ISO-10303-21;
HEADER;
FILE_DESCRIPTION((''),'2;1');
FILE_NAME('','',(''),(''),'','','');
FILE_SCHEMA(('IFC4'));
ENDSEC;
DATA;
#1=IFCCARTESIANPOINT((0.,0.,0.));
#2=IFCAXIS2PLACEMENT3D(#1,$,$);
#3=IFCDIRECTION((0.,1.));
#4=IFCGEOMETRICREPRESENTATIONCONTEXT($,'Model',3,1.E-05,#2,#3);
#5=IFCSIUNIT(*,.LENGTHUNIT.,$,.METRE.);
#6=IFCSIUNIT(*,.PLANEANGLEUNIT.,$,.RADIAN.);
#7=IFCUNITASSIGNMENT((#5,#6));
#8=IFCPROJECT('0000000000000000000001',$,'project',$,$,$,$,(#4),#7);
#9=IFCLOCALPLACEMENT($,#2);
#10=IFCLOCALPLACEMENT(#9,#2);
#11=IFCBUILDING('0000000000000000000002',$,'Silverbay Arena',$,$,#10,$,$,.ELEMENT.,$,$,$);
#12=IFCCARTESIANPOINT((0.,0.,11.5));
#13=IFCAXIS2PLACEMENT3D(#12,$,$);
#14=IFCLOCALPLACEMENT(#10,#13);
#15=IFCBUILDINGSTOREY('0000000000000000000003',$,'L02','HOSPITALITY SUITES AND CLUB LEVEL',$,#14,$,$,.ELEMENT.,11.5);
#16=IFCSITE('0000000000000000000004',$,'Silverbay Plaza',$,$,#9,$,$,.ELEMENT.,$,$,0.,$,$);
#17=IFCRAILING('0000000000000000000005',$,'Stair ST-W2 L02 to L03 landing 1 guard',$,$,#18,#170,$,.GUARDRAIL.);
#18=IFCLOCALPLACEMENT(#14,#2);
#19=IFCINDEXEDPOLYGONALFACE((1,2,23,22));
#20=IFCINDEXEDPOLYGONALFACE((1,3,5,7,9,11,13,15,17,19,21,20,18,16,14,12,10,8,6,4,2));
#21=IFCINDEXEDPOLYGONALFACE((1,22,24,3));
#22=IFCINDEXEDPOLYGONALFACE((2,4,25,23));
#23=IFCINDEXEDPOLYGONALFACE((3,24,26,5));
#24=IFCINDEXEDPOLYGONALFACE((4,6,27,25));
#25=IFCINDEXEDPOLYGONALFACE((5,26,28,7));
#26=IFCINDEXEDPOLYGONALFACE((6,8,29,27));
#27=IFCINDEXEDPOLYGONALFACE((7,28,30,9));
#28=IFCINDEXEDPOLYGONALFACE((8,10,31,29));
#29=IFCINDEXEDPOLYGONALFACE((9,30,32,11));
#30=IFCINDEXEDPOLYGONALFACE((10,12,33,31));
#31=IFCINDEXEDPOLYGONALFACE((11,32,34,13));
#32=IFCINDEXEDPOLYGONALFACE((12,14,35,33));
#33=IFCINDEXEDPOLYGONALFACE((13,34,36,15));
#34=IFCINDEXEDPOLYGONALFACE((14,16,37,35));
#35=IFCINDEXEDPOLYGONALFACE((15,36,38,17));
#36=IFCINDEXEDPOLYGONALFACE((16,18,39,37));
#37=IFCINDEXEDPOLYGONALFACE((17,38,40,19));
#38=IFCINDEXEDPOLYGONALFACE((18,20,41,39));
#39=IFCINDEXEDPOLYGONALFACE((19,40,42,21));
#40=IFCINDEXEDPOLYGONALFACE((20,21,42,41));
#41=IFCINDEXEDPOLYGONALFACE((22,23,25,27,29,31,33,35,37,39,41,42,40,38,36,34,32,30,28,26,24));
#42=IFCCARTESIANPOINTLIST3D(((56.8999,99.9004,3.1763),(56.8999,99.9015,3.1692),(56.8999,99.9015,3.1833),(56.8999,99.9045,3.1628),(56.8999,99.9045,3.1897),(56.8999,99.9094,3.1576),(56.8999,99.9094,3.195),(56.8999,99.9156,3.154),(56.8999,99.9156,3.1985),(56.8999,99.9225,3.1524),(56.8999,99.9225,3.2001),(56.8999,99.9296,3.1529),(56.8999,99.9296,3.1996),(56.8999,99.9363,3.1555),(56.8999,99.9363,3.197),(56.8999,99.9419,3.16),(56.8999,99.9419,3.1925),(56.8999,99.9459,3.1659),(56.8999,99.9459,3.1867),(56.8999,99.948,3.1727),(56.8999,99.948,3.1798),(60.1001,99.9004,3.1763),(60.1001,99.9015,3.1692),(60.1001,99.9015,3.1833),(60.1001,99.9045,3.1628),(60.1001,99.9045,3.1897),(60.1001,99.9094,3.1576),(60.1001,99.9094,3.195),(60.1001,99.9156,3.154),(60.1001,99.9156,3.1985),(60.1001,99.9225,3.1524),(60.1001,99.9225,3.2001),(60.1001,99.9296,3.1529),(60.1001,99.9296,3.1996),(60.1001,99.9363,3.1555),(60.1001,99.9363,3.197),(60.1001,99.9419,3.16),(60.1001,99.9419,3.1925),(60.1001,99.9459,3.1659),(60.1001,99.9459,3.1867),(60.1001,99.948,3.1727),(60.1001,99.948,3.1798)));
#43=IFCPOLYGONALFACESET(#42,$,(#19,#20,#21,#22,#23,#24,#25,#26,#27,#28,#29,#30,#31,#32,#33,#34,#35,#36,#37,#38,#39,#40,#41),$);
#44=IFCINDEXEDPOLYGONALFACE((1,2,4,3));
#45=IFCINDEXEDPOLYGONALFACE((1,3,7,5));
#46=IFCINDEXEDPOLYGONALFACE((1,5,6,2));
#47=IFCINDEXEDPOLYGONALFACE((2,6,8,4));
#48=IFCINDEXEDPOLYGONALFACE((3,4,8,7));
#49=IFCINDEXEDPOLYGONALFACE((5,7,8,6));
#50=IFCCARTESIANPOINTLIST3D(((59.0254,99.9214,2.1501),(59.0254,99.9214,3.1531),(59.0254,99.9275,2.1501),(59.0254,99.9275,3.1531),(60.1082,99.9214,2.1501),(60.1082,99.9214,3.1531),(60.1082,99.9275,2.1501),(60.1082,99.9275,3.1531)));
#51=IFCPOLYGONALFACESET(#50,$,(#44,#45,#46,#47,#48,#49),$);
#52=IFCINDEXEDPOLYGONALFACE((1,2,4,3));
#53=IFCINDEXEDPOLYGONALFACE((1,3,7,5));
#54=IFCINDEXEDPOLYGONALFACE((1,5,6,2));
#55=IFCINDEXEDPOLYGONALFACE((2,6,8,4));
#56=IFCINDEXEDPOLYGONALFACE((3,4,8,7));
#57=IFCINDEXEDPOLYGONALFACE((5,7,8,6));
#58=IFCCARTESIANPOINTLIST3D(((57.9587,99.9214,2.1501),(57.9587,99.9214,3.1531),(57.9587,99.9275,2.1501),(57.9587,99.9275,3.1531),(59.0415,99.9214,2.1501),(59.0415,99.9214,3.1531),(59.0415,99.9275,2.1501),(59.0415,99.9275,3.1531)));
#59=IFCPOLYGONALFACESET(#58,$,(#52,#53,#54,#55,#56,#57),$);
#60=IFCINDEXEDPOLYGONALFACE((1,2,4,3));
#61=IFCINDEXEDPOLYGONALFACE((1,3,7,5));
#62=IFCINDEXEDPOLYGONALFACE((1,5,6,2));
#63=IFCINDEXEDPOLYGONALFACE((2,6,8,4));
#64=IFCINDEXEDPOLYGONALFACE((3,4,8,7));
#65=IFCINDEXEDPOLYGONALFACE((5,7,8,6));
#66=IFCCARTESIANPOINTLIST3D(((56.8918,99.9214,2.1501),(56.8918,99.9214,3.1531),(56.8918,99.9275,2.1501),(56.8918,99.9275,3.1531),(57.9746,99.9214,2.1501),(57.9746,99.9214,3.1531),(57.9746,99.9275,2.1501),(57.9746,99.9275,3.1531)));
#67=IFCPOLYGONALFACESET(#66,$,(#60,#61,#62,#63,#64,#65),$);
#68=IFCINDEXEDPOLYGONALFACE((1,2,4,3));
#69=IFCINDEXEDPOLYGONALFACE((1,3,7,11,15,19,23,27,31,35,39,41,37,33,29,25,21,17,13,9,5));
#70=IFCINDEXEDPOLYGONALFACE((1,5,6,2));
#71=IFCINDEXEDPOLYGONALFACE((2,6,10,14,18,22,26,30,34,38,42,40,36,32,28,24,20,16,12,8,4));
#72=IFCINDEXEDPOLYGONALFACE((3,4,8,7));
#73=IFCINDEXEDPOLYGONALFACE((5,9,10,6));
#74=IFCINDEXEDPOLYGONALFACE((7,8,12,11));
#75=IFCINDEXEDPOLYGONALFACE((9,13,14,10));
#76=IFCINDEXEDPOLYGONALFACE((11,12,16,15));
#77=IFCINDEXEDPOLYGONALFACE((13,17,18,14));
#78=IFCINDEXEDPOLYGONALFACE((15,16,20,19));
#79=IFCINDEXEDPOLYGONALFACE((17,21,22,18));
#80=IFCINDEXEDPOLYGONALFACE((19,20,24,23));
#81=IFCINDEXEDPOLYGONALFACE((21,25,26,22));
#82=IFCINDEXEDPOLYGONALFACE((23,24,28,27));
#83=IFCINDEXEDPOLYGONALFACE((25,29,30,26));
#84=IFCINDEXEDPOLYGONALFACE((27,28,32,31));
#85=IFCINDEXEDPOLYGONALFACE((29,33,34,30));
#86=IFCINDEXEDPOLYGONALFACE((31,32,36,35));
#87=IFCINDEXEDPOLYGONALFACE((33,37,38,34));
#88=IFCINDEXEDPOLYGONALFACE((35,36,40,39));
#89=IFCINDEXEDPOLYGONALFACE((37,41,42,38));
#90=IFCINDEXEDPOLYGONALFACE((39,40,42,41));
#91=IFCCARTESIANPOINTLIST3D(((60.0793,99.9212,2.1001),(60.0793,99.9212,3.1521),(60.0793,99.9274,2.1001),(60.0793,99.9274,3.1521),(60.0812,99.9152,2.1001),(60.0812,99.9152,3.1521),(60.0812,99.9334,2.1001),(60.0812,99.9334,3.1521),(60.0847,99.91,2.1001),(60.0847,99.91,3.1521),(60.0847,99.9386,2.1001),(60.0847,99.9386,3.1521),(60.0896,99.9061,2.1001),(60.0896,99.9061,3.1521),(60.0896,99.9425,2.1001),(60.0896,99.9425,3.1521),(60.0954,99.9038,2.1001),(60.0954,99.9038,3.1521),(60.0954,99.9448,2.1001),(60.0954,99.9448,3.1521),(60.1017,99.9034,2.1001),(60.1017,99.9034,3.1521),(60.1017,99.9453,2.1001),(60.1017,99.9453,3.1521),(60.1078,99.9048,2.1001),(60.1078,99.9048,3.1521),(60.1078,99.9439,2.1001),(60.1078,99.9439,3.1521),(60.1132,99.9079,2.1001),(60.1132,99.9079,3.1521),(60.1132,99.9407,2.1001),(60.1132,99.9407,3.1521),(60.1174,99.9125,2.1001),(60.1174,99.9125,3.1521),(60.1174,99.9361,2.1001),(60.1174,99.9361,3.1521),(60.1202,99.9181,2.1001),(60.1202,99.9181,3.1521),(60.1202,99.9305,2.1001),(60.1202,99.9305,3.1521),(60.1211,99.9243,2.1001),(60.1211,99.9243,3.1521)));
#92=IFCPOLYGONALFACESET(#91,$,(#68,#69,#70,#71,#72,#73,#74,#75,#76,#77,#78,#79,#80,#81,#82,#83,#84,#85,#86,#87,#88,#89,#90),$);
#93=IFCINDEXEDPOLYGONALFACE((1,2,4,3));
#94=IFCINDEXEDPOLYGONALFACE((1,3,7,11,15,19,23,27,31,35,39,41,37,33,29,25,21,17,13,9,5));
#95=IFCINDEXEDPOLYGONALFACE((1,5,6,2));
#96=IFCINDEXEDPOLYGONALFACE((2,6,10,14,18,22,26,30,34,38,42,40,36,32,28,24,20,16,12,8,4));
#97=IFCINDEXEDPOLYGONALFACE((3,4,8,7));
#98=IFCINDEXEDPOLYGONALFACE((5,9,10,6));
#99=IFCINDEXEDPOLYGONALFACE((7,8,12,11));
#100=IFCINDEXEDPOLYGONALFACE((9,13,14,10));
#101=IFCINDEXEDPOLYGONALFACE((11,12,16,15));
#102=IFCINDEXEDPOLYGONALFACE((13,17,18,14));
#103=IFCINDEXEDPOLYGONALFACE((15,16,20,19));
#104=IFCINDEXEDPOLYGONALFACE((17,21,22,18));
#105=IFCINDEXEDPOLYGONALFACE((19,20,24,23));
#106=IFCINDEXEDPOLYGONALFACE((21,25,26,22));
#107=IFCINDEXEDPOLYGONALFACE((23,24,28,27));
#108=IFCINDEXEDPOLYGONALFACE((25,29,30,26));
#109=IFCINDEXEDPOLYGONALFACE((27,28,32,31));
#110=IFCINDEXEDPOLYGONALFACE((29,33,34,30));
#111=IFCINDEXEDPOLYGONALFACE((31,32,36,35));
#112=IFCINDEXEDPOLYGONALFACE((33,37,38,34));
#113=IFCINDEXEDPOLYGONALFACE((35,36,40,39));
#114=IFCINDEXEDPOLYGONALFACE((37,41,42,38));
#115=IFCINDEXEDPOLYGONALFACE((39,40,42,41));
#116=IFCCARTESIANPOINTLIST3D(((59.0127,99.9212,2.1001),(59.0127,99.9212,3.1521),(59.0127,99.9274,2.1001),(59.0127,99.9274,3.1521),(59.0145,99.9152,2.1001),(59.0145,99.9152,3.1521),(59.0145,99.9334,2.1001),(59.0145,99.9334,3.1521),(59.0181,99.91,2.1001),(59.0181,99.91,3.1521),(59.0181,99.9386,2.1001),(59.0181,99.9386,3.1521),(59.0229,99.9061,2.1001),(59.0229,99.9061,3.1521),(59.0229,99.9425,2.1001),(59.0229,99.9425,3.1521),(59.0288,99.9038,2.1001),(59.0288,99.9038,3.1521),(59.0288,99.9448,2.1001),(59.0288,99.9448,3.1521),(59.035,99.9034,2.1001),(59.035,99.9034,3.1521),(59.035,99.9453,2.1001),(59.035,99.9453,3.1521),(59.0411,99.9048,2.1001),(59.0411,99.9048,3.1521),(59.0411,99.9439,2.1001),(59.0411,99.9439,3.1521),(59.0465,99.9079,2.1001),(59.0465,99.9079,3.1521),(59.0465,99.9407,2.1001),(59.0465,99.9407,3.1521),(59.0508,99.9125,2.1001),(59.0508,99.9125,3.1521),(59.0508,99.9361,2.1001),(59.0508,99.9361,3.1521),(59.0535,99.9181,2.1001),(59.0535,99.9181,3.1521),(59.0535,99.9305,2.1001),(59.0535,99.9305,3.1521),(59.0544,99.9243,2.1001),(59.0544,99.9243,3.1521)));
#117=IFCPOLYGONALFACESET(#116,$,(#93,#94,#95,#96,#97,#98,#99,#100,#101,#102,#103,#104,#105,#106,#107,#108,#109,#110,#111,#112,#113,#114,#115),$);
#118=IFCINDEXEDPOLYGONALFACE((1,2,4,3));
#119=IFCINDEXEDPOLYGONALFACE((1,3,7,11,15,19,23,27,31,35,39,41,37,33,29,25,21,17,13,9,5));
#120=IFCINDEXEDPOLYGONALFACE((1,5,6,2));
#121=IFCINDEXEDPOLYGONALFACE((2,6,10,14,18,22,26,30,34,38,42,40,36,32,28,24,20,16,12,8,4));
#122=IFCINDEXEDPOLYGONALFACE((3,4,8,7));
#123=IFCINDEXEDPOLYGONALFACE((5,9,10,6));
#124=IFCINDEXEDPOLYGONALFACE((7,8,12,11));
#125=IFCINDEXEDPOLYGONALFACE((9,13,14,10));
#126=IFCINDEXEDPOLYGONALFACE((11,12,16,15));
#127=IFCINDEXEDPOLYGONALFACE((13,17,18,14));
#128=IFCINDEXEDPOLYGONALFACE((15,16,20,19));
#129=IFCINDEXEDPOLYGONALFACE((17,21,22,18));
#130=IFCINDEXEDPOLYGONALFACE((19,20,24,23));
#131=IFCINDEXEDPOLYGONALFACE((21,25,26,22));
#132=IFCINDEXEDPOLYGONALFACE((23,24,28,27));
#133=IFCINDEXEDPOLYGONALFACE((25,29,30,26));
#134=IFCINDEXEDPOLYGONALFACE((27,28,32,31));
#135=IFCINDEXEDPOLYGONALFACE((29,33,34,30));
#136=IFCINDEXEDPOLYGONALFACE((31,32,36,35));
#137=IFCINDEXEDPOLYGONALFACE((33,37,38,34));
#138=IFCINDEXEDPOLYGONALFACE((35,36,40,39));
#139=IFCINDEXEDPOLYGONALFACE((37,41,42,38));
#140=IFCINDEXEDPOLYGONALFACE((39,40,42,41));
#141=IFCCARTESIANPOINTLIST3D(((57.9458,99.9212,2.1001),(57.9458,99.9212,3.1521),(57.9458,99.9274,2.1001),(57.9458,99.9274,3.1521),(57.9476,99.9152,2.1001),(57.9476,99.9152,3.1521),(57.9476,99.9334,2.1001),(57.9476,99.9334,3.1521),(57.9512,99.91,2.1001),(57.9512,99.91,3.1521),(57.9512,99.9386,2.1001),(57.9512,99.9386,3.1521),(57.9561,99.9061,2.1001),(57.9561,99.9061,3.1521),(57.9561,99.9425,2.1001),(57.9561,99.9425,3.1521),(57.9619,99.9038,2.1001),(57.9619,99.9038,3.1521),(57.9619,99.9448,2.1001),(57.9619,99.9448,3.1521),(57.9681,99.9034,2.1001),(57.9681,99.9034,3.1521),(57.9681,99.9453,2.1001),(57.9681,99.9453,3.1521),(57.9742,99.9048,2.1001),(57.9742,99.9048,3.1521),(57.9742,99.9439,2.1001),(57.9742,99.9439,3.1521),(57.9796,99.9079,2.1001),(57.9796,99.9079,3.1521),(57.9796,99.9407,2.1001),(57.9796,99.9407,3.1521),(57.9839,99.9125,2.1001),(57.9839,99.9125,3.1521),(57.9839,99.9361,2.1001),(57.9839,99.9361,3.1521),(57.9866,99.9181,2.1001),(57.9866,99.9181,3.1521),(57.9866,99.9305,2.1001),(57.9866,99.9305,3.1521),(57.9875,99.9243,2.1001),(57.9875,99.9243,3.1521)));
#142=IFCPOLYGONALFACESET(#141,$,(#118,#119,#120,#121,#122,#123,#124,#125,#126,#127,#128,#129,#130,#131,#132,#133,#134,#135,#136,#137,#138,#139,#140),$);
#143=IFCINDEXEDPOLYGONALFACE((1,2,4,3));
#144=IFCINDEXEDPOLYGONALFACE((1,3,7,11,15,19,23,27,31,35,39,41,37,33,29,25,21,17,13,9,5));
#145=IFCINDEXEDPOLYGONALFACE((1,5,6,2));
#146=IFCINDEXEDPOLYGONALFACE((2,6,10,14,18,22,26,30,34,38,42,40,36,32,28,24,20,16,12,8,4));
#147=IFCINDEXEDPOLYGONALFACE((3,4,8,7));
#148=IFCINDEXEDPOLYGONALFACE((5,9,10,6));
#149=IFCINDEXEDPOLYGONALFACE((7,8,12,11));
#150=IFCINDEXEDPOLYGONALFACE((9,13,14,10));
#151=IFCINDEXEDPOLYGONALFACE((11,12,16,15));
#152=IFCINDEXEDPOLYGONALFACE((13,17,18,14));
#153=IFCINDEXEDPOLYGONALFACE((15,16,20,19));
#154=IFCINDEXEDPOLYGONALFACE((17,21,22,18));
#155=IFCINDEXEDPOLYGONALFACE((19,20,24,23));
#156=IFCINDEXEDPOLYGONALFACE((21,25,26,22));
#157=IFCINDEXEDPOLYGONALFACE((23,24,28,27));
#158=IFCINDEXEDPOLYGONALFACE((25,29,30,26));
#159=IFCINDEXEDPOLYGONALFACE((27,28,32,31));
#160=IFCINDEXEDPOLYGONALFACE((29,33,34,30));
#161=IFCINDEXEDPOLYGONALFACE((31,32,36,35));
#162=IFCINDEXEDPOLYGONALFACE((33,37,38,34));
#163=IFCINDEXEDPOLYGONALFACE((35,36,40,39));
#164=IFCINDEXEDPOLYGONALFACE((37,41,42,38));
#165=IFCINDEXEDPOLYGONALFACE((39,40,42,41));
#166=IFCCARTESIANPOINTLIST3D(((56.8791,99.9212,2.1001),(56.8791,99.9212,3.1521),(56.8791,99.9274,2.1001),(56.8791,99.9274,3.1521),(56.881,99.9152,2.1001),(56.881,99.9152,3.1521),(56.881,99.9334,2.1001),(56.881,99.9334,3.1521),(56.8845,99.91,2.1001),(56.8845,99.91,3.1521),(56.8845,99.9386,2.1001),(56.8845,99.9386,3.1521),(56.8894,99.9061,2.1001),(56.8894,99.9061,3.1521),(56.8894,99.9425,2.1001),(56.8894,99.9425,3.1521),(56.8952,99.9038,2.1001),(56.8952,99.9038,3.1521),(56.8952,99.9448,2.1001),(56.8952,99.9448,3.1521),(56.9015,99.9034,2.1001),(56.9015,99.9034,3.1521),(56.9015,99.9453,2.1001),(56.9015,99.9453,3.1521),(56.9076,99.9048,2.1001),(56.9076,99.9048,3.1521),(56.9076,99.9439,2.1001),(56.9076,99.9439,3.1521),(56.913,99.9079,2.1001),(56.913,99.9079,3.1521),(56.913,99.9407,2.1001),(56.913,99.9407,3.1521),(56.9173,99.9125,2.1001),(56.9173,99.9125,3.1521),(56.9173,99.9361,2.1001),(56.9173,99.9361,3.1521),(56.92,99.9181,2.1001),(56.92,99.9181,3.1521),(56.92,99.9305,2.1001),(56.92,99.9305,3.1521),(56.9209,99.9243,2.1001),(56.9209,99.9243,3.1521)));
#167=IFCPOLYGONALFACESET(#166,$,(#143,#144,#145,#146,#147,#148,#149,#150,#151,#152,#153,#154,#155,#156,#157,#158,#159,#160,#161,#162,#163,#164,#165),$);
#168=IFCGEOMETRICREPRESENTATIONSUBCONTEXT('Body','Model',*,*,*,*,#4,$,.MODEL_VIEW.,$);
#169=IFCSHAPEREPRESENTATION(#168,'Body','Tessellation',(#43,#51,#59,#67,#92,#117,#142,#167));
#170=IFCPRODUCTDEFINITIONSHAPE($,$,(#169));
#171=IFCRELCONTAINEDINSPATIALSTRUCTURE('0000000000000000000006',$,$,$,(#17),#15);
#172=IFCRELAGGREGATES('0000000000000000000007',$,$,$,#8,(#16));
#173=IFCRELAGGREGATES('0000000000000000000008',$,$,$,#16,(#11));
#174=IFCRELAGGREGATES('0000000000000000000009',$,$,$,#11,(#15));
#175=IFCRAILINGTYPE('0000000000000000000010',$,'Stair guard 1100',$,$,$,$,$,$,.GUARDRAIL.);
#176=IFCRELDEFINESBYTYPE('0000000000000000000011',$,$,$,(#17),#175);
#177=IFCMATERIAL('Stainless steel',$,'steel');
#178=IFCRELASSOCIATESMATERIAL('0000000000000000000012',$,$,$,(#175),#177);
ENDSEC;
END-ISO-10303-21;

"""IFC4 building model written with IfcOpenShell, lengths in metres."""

from ifc_helpers import new_model, si_unit, direction, frame, origin, origin_2d, place, context, subcontext, project, spatial, polyline, circle, outline, extrude, material, type_object, element, save


model = new_model("IFC4")

# Units and contexts
model_context = context("Model", 3, precision=1e-05, world=origin(), true_north=direction((0.0, 1.0)))
body_context = subcontext(model_context, "Body", "Model", "MODEL_VIEW")
ifc_project = project(units=[si_unit("LENGTHUNIT", "METRE"), si_unit("PLANEANGLEUNIT", "RADIAN")], contexts=[model_context])

# Site, building, storey
site_placement = place(None, origin())
site = spatial("IfcSite", under=ifc_project, at=site_placement, Name="Silverbay Plaza", CompositionType="ELEMENT", RefElevation=0.0)
building_placement = place(site_placement, origin())
building = spatial("IfcBuilding", under=site, at=building_placement, Name="Silverbay Arena", CompositionType="ELEMENT")
storey_placement = place(building_placement, frame((0.0, 0.0, 11.5)))
storey = spatial("IfcBuildingStorey", under=building, at=storey_placement, Name="L02", Description="HOSPITALITY SUITES AND CLUB LEVEL", CompositionType="ELEMENT", Elevation=11.5)

# Railing
ifc_material_1 = material(Name="Stainless steel", Category="steel")
railing_type_1 = type_object("IfcRailingType", Name="Stair guard 1100", PredefinedType="GUARDRAIL", material=ifc_material_1)
for number, where, name in (
    (1, (60.1001, 99.9243, 2.1001), "Stair ST-W2 L02 to L03 landing 1 guard"),
):
    element("IfcRailing", number, at=place(storey_placement, frame(where)), inside=storey, type_object=railing_type_1, Name=name, PredefinedType="GUARDRAIL", context=body_context, shape_type="SweptSolid", body=[
        extrude(circle(Radius=0.0239, at=origin_2d()), frame((0.0, 0.0, 1.0762), z_axis=(-1.0, 0.0, 0.0), x_axis=(0.0, -1.0, 0.0)), (0.0, 0.0, 1.0), 3.2002),
        extrude(outline(polyline([(-0.0081, 0.05), (1.0747, 0.05), (1.0747, 1.053), (-0.0081, 1.053), (-0.0081, 0.05)])), frame((0.0, -0.0029, 0.0), z_axis=(0.0, 1.0, 0.0), x_axis=(-1.0, 0.0, 0.0)), (0.0, 0.0, 1.0), 0.0061),
        extrude(outline(polyline([(-0.0081, 0.05), (1.0747, 0.05), (1.0747, 1.053), (-0.0081, 1.053), (-0.0081, 0.05)])), frame((-1.0667, -0.0029, 0.0), z_axis=(0.0, 1.0, 0.0), x_axis=(-1.0, 0.0, 0.0)), (0.0, 0.0, 1.0), 0.0061),
        extrude(outline(polyline([(-0.0081, 0.05), (1.0747, 0.05), (1.0747, 1.053), (-0.0081, 1.053), (-0.0081, 0.05)])), frame((-2.1335, -0.0029, 0.0), z_axis=(0.0, 1.0, 0.0), x_axis=(-1.0, 0.0, 0.0)), (0.0, 0.0, 1.0), 0.0061),
        extrude(circle(Radius=0.021, at=origin_2d()), origin(), (0.0, 0.0, 1.0), 1.052),
        extrude(circle(Radius=0.021, at=origin_2d()), frame((-1.0667, 0.0, 0.0)), (0.0, 0.0, 1.0), 1.052),
        extrude(circle(Radius=0.021, at=origin_2d()), frame((-2.1335, 0.0, 0.0)), (0.0, 0.0, 1.0), 1.052),
        extrude(circle(Radius=0.021, at=origin_2d()), frame((-3.2002, 0.0, 0.0)), (0.0, 0.0, 1.0), 1.052),
    ])

save(model, "model.ifc")
